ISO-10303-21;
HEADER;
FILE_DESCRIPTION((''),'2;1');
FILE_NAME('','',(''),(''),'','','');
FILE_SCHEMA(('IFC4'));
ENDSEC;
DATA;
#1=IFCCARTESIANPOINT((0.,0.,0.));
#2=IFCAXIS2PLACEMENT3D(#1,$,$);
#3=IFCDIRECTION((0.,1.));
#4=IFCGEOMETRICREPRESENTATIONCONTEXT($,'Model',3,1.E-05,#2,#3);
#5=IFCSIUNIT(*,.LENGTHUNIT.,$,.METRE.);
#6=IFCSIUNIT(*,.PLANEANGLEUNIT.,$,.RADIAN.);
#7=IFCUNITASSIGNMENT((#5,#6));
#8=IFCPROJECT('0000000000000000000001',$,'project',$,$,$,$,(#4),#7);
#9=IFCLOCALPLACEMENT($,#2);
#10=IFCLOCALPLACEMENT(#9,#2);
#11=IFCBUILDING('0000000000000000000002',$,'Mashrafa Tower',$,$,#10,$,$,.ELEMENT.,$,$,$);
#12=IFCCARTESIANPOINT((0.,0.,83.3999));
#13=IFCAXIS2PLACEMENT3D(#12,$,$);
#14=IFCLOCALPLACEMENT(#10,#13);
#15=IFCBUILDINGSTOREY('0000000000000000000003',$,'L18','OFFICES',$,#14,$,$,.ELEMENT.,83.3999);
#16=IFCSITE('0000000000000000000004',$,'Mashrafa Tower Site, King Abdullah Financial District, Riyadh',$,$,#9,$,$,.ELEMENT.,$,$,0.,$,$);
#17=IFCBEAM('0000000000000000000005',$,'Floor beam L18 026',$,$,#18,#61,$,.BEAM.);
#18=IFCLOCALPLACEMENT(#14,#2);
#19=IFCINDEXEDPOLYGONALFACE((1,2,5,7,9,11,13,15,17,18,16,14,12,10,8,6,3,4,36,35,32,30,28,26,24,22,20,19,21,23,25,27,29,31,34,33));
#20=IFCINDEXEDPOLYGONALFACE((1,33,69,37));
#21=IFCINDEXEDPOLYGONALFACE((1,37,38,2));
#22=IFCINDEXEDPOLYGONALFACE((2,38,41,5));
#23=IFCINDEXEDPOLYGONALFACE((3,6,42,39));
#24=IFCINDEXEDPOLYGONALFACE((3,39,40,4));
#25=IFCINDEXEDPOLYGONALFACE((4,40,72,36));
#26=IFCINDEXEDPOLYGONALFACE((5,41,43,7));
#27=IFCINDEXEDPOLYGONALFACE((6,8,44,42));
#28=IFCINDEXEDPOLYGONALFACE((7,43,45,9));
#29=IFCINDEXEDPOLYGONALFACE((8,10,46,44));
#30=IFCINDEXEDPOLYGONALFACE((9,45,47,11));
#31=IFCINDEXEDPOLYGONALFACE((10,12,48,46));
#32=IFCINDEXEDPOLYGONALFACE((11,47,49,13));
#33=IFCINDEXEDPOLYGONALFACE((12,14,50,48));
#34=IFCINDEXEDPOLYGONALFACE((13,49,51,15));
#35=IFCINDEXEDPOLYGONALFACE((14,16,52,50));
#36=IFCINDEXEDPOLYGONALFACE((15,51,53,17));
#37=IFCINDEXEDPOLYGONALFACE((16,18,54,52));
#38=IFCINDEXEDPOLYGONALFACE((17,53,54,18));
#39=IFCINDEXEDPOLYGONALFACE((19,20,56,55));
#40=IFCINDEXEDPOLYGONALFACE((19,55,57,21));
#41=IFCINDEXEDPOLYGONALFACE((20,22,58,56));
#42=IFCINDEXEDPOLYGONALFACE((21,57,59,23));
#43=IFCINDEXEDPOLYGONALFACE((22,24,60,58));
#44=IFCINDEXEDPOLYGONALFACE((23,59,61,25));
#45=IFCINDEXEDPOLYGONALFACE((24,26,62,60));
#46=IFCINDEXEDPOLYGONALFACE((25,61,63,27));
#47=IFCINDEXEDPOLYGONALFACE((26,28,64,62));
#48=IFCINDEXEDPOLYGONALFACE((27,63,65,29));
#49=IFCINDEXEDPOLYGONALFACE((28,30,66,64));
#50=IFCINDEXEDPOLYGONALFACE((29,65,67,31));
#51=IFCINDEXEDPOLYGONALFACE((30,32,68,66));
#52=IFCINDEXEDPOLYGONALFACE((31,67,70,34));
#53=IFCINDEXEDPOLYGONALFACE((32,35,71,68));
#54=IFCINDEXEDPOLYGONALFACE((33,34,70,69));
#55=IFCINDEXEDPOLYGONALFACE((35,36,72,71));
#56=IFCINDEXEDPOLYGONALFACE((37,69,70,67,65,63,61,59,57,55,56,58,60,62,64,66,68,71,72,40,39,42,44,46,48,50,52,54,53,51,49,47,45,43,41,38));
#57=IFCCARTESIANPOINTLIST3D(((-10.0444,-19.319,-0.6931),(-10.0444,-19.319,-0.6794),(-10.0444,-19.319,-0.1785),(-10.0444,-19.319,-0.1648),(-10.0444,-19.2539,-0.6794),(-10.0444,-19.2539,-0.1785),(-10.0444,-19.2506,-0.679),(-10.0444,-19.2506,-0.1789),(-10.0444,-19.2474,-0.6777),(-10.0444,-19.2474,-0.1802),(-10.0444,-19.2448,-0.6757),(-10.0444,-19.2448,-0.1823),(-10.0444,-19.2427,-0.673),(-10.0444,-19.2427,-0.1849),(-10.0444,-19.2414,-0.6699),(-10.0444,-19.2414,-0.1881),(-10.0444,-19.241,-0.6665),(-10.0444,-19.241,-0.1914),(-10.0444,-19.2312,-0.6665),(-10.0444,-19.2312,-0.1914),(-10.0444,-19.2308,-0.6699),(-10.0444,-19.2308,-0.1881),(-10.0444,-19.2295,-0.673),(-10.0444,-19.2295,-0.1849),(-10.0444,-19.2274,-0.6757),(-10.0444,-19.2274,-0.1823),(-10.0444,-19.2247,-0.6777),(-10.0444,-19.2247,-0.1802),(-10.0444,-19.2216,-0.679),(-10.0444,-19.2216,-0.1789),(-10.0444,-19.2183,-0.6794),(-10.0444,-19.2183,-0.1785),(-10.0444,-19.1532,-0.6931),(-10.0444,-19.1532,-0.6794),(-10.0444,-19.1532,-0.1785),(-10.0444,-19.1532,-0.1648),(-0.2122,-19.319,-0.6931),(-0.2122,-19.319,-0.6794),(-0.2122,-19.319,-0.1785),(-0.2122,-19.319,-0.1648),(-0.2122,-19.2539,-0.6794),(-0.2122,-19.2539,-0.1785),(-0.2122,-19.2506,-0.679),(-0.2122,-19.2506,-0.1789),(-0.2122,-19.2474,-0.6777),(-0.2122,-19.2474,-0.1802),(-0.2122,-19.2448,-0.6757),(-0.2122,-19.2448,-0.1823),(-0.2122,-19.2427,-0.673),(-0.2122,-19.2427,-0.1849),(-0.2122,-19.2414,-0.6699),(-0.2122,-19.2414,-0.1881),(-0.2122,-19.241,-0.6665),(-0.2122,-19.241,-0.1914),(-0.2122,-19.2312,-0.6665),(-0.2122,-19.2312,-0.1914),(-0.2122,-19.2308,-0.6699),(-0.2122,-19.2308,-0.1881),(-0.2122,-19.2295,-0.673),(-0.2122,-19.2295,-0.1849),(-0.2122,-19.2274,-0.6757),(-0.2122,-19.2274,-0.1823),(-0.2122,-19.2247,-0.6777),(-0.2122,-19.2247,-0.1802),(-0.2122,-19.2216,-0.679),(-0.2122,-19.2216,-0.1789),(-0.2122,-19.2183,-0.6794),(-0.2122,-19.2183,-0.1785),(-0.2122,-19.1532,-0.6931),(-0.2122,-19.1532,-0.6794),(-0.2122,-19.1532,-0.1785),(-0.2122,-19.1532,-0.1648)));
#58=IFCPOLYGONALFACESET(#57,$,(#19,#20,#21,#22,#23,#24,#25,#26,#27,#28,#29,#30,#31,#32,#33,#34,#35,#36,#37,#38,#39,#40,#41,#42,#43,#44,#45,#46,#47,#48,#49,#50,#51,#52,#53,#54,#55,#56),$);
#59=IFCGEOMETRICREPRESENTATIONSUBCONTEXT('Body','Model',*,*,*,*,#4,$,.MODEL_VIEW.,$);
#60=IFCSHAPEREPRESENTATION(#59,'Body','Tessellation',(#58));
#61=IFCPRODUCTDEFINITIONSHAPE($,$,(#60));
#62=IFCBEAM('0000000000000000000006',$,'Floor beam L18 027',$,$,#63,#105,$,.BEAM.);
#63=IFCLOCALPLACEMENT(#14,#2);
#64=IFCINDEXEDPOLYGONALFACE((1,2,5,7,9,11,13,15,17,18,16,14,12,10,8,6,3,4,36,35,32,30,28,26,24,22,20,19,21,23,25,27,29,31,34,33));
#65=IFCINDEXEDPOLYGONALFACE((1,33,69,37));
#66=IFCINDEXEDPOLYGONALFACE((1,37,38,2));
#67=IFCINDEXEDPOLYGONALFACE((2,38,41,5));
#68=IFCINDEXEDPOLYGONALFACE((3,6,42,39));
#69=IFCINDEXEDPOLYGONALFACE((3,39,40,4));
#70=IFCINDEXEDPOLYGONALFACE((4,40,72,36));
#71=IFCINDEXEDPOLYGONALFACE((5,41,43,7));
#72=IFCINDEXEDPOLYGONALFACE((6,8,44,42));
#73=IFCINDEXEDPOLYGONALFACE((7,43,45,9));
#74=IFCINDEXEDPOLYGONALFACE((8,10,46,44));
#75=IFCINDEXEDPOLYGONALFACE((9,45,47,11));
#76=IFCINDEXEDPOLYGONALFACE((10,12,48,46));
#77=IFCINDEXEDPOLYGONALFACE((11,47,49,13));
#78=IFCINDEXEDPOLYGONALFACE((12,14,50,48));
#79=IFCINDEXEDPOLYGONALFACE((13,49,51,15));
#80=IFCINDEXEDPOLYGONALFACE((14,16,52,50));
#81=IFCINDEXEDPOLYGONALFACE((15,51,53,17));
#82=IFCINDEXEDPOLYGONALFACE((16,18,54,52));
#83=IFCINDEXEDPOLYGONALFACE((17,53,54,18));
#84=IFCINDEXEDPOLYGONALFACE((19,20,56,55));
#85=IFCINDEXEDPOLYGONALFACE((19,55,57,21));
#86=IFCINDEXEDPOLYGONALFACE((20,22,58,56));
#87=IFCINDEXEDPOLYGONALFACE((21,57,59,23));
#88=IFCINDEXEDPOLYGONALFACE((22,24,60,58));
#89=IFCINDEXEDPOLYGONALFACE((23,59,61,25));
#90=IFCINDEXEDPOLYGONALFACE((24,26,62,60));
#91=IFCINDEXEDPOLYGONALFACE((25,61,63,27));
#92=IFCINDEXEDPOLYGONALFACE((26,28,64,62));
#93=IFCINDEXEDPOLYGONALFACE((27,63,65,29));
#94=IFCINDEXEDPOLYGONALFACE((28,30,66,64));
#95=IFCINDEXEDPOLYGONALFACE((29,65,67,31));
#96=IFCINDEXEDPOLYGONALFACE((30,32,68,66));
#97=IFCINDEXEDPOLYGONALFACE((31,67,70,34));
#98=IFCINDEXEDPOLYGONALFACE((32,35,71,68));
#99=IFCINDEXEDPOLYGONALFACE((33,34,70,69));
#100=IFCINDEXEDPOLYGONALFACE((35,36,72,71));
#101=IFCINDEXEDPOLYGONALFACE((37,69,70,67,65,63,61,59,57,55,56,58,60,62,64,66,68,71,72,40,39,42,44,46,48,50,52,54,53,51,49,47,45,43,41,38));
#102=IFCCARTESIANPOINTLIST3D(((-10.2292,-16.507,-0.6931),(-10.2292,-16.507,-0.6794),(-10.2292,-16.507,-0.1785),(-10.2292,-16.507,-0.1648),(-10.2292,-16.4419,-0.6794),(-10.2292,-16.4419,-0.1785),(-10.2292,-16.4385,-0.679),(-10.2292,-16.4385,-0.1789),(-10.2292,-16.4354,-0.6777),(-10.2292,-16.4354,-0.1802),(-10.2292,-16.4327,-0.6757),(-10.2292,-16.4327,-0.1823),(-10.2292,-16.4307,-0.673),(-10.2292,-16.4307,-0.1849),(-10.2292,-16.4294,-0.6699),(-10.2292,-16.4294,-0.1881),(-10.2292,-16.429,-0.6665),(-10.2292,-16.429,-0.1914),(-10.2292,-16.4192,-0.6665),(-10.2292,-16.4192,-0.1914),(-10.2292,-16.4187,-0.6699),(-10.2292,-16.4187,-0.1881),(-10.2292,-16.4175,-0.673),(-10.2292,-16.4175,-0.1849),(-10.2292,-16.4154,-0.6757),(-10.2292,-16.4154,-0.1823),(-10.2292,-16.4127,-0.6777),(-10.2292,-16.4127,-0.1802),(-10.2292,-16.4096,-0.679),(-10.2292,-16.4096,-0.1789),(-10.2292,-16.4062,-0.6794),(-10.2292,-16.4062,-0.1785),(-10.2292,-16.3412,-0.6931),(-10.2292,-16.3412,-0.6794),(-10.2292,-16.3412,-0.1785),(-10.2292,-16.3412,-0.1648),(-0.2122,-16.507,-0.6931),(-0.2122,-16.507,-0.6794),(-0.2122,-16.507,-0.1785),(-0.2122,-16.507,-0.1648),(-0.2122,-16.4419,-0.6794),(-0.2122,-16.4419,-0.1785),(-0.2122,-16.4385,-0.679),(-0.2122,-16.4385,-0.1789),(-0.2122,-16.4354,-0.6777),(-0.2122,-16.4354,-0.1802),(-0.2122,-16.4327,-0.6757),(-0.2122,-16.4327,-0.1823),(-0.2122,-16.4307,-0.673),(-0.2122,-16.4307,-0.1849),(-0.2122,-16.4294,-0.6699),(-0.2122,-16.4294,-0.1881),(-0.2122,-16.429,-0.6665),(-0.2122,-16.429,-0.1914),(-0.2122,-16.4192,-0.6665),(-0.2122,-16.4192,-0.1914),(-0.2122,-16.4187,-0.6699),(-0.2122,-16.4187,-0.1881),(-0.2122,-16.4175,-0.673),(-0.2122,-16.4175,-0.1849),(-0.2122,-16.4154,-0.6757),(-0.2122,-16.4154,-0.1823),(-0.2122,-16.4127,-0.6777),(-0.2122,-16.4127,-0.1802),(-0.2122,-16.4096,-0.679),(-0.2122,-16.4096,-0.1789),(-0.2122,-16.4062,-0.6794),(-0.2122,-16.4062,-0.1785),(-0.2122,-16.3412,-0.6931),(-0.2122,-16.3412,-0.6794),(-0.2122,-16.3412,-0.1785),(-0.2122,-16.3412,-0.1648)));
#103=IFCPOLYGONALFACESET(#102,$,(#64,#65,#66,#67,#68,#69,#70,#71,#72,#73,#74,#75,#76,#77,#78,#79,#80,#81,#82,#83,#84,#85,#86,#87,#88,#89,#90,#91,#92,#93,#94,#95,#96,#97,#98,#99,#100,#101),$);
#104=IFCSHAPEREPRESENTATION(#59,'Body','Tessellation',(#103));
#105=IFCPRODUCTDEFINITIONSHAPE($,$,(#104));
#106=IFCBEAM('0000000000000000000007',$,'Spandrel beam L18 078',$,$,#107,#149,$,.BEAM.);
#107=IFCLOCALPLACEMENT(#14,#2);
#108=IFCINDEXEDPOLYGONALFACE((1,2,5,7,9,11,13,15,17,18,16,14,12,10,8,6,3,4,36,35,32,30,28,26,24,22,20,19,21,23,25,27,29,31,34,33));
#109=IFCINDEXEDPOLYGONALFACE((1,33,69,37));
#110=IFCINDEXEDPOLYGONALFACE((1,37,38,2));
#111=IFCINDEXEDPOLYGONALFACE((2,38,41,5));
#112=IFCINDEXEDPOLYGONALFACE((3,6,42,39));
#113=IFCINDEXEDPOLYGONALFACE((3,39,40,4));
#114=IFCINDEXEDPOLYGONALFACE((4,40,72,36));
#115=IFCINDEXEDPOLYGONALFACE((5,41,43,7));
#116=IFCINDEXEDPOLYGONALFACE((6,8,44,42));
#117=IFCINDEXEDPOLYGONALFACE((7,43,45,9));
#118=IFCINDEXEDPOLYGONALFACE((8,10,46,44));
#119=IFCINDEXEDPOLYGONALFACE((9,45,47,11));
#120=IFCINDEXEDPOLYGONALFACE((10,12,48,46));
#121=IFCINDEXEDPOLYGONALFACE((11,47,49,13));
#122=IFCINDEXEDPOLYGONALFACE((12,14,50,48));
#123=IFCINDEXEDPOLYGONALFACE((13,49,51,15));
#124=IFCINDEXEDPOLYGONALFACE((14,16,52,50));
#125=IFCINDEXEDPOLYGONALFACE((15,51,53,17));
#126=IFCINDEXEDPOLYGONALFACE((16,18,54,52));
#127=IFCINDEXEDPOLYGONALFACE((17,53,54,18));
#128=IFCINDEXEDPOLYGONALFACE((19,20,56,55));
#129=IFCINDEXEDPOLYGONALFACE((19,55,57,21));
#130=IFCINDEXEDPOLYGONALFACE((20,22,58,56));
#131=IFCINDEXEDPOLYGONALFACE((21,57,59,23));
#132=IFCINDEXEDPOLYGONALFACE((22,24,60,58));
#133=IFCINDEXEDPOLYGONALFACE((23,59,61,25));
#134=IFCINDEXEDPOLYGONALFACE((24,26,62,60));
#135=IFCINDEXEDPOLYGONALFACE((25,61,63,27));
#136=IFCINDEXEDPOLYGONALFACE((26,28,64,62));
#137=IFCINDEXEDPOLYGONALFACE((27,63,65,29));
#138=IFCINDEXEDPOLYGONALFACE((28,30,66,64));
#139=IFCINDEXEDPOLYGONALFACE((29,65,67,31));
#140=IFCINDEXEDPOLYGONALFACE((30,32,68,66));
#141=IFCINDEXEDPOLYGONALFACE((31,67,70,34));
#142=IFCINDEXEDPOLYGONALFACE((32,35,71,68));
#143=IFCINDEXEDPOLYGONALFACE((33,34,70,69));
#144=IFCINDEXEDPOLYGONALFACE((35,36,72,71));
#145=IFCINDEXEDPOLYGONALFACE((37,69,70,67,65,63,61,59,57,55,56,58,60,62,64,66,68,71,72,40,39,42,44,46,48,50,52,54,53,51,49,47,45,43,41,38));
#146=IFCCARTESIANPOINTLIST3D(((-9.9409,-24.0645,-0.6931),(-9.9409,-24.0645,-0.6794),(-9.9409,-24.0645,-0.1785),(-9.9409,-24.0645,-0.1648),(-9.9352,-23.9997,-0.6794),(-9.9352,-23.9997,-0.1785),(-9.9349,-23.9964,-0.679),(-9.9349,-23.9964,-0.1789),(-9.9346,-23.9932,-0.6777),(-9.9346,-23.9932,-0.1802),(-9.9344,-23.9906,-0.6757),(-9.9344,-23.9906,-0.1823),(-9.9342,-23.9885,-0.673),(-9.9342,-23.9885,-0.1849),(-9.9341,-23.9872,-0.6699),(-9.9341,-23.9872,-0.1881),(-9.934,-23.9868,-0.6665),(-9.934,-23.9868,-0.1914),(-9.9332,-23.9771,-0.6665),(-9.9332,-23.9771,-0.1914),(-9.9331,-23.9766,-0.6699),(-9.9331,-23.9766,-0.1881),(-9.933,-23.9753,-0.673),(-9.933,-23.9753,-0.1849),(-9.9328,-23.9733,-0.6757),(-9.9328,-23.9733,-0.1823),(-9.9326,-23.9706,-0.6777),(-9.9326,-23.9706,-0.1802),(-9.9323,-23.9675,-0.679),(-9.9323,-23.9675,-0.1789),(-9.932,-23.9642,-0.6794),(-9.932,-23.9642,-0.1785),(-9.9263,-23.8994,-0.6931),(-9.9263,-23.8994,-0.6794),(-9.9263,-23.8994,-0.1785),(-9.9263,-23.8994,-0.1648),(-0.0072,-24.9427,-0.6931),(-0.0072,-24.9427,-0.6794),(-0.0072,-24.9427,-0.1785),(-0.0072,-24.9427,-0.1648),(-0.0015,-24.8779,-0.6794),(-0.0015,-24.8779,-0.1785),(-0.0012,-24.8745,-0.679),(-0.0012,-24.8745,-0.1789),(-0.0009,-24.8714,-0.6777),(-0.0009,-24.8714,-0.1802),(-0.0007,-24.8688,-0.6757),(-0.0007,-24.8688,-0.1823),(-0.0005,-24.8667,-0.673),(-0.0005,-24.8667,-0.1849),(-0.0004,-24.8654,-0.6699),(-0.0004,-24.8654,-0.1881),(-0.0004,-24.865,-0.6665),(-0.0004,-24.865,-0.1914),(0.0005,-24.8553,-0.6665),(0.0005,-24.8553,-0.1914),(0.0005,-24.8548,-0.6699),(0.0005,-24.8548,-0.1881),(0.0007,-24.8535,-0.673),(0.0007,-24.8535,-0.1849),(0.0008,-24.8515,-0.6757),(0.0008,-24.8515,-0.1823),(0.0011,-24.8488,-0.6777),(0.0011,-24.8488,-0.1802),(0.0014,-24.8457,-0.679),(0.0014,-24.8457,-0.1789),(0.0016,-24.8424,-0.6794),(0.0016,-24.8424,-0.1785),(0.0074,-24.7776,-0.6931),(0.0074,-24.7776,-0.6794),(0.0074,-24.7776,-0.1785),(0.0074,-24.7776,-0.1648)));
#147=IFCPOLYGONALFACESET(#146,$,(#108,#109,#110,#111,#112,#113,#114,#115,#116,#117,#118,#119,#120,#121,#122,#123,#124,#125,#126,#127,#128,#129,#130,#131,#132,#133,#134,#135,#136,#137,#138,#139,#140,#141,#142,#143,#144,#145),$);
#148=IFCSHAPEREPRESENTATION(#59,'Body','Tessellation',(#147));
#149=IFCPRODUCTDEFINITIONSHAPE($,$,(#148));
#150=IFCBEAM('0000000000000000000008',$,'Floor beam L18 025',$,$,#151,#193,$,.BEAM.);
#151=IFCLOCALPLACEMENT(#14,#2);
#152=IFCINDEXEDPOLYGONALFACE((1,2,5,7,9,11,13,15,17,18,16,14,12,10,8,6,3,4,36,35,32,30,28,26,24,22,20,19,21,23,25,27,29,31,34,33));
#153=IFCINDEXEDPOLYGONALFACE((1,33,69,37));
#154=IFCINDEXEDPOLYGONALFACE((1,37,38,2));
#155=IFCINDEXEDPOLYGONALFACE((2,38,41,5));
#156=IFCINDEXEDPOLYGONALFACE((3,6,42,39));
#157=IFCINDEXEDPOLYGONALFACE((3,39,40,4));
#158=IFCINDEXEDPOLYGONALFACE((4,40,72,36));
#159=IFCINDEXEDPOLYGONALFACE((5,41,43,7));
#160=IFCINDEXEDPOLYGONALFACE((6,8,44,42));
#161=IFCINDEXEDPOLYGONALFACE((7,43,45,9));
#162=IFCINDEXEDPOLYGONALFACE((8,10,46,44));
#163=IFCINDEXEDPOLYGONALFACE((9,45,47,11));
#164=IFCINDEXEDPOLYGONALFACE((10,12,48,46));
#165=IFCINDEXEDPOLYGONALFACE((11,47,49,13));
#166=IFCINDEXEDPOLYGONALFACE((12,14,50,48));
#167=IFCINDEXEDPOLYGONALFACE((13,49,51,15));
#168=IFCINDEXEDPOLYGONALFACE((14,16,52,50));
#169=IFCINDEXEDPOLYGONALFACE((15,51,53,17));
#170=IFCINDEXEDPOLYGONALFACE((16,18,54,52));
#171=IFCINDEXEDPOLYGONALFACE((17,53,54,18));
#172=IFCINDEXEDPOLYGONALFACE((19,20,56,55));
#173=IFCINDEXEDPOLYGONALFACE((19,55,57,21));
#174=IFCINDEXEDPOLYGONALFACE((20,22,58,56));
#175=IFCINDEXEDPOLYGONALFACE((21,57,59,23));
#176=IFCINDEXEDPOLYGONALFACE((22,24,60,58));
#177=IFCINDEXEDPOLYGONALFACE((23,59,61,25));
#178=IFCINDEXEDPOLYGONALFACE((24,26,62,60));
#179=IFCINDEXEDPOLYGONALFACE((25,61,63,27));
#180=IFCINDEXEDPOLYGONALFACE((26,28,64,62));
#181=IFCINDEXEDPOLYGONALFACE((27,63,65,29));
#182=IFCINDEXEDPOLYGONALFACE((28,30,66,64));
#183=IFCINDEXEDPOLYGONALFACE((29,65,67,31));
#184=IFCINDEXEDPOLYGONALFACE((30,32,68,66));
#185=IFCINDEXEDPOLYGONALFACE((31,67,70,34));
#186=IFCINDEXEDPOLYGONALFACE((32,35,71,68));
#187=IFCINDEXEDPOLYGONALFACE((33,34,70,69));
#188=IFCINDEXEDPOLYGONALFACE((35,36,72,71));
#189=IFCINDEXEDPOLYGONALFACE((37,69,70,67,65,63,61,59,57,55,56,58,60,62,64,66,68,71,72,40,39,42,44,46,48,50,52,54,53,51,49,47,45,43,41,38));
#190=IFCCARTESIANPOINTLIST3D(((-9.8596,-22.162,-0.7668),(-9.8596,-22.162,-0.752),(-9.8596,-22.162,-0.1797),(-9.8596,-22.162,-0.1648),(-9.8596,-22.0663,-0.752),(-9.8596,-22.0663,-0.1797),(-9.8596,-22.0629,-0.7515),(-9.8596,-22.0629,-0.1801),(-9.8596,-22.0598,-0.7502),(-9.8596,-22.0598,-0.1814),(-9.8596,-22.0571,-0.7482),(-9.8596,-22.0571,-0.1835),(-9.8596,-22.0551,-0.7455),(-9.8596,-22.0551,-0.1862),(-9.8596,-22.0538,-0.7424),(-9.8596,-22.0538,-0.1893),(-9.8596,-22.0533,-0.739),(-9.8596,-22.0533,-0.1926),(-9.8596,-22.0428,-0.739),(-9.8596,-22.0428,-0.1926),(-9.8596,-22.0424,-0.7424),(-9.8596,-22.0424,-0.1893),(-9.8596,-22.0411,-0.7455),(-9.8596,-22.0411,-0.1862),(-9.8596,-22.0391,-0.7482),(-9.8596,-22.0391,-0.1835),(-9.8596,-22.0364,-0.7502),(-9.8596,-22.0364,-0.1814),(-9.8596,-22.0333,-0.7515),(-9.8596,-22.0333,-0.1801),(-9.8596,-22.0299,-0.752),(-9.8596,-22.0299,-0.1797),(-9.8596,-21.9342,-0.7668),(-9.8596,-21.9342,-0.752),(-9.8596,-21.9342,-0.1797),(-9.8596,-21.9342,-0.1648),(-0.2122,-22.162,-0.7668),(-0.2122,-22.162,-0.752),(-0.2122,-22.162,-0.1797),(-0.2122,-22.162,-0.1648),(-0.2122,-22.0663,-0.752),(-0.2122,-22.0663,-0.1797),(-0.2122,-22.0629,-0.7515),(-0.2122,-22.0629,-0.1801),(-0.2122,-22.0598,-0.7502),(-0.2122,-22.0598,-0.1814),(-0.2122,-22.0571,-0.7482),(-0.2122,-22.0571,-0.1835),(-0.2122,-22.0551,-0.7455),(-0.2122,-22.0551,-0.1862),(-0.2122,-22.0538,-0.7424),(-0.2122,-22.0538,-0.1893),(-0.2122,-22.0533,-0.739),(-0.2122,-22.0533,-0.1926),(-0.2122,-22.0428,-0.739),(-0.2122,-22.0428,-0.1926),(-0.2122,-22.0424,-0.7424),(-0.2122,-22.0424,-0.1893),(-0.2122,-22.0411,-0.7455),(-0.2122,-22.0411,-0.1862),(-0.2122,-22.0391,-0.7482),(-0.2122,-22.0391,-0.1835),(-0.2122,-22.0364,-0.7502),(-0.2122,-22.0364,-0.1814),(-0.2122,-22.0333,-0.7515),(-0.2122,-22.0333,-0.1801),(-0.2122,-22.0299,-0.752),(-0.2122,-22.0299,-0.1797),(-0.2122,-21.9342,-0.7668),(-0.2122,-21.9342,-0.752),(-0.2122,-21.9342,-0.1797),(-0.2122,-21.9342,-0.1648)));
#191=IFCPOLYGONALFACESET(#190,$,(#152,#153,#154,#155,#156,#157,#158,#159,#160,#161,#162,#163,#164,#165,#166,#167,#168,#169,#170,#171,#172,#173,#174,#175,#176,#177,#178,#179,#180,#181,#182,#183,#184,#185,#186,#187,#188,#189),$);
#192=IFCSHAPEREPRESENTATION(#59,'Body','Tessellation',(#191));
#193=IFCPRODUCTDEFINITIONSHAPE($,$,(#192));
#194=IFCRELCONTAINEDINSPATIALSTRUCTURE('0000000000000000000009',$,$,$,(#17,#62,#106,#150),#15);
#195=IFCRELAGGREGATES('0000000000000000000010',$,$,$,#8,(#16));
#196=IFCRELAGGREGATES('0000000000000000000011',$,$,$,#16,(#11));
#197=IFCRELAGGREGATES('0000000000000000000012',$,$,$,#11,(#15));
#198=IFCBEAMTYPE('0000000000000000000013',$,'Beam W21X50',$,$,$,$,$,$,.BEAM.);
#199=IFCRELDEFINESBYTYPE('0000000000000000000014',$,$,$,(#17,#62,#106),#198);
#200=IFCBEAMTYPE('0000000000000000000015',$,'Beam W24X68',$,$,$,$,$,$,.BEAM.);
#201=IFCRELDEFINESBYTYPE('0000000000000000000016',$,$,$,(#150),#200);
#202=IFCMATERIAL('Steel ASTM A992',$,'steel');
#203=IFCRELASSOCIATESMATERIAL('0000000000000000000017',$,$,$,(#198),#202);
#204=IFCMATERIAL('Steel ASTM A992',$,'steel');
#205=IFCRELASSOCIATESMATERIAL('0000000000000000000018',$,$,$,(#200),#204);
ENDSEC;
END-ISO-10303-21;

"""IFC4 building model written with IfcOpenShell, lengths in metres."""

from ifc_helpers import new_model, si_unit, direction, frame, origin, origin_2d, place, context, subcontext, project, spatial, i_section, extrude, material, material_profile, profile_set, type_object, element, save


model = new_model("IFC4")

# Units and contexts
model_context = context("Model", 3, precision=1e-05, world=origin(), true_north=direction((0.0, 1.0)))
body_context = subcontext(model_context, "Body", "Model", "MODEL_VIEW")
ifc_project = project(units=[si_unit("LENGTHUNIT", "METRE"), si_unit("PLANEANGLEUNIT", "RADIAN")], contexts=[model_context])

# Site, building, storey
site_placement = place(None, origin())
site = spatial("IfcSite", under=ifc_project, at=site_placement, Name="Mashrafa Tower Site, King Abdullah Financial District, Riyadh", CompositionType="ELEMENT", RefElevation=0.0)
building_placement = place(site_placement, origin())
building = spatial("IfcBuilding", under=site, at=building_placement, Name="Mashrafa Tower", CompositionType="ELEMENT")
storey_placement = place(building_placement, frame((0.0, 0.0, 83.3999)))
storey = spatial("IfcBuildingStorey", under=building, at=storey_placement, Name="L18", Description="OFFICES", CompositionType="ELEMENT", Elevation=83.3999)

# Beams
ifc_material_1 = material(Name="Steel ASTM A992", Category="steel")
ifc_material_profile_1 = material_profile(ifc_material_1, i_section(OverallWidth=0.1658, OverallDepth=0.5283, WebThickness=0.0098, FlangeThickness=0.0137, FilletRadius=0.0129, at=origin_2d()), Name="W21X50")
ifc_profile_set_1 = profile_set([ifc_material_profile_1], Name="Steel ASTM A992")
beam_type_1 = type_object("IfcBeamType", Name="Beam W21X50", PredefinedType="BEAM", material=ifc_profile_set_1)
beam_1_placement = place(storey_placement, frame((-0.2122, -19.2361, -0.429), z_axis=(-1.0, 0.0, 0.0), x_axis=(0.0, -1.0, 0.0)))
element("IfcBeam", 1, at=beam_1_placement, inside=storey, type_object=beam_type_1, Name="Floor beam L18 026", PredefinedType="BEAM", context=body_context, shape_type="SweptSolid", body=[
    extrude(i_section(OverallWidth=0.1658, OverallDepth=0.5283, WebThickness=0.0098, FlangeThickness=0.0137, FilletRadius=0.0129, at=origin_2d()), origin(), (0.0, 0.0, 1.0), 9.8323),
])
beam_2_placement = place(storey_placement, frame((-0.2122, -16.4241, -0.429), z_axis=(-1.0, 0.0, 0.0), x_axis=(0.0, -1.0, 0.0)))
element("IfcBeam", 2, at=beam_2_placement, inside=storey, type_object=beam_type_1, Name="Floor beam L18 027", PredefinedType="BEAM", context=body_context, shape_type="SweptSolid", body=[
    extrude(i_section(OverallWidth=0.1658, OverallDepth=0.5283, WebThickness=0.0098, FlangeThickness=0.0137, FilletRadius=0.0129, at=origin_2d()), origin(), (0.0, 0.0, 1.0), 10.0171),
])
beam_3_placement = place(storey_placement, frame((-9.9336, -23.9819, -0.429), z_axis=(0.996115, -0.088061, 0.0), x_axis=(0.088061, 0.996115, 0.0)))
element("IfcBeam", 3, at=beam_3_placement, inside=storey, type_object=beam_type_1, Name="Spandrel beam L18 078", PredefinedType="BEAM", context=body_context, shape_type="SweptSolid", body=[
    extrude(i_section(OverallWidth=0.1658, OverallDepth=0.5283, WebThickness=0.0098, FlangeThickness=0.0137, FilletRadius=0.0129, at=origin_2d()), origin(), (0.0, 0.0, 1.0), 9.9724),
])
ifc_material_2 = material(Name="Steel ASTM A992", Category="steel")
ifc_material_profile_2 = material_profile(ifc_material_2, i_section(OverallWidth=0.2278, OverallDepth=0.6021, WebThickness=0.0105, FlangeThickness=0.0149, FilletRadius=0.0129, at=origin_2d()), Name="W24X68")
ifc_profile_set_2 = profile_set([ifc_material_profile_2], Name="Steel ASTM A992")
beam_type_2 = type_object("IfcBeamType", Name="Beam W24X68", PredefinedType="BEAM", material=ifc_profile_set_2)
beam_4_placement = place(storey_placement, frame((-0.2122, -22.0481, -0.4658), z_axis=(-1.0, 0.0, 0.0), x_axis=(0.0, -1.0, 0.0)))
element("IfcBeam", 4, at=beam_4_placement, inside=storey, type_object=beam_type_2, Name="Floor beam L18 025", PredefinedType="BEAM", context=body_context, shape_type="SweptSolid", body=[
    extrude(i_section(OverallWidth=0.2278, OverallDepth=0.6021, WebThickness=0.0105, FlangeThickness=0.0149, FilletRadius=0.0129, at=origin_2d()), origin(), (0.0, 0.0, 1.0), 9.6475),
])

save(model, "model.ifc")
